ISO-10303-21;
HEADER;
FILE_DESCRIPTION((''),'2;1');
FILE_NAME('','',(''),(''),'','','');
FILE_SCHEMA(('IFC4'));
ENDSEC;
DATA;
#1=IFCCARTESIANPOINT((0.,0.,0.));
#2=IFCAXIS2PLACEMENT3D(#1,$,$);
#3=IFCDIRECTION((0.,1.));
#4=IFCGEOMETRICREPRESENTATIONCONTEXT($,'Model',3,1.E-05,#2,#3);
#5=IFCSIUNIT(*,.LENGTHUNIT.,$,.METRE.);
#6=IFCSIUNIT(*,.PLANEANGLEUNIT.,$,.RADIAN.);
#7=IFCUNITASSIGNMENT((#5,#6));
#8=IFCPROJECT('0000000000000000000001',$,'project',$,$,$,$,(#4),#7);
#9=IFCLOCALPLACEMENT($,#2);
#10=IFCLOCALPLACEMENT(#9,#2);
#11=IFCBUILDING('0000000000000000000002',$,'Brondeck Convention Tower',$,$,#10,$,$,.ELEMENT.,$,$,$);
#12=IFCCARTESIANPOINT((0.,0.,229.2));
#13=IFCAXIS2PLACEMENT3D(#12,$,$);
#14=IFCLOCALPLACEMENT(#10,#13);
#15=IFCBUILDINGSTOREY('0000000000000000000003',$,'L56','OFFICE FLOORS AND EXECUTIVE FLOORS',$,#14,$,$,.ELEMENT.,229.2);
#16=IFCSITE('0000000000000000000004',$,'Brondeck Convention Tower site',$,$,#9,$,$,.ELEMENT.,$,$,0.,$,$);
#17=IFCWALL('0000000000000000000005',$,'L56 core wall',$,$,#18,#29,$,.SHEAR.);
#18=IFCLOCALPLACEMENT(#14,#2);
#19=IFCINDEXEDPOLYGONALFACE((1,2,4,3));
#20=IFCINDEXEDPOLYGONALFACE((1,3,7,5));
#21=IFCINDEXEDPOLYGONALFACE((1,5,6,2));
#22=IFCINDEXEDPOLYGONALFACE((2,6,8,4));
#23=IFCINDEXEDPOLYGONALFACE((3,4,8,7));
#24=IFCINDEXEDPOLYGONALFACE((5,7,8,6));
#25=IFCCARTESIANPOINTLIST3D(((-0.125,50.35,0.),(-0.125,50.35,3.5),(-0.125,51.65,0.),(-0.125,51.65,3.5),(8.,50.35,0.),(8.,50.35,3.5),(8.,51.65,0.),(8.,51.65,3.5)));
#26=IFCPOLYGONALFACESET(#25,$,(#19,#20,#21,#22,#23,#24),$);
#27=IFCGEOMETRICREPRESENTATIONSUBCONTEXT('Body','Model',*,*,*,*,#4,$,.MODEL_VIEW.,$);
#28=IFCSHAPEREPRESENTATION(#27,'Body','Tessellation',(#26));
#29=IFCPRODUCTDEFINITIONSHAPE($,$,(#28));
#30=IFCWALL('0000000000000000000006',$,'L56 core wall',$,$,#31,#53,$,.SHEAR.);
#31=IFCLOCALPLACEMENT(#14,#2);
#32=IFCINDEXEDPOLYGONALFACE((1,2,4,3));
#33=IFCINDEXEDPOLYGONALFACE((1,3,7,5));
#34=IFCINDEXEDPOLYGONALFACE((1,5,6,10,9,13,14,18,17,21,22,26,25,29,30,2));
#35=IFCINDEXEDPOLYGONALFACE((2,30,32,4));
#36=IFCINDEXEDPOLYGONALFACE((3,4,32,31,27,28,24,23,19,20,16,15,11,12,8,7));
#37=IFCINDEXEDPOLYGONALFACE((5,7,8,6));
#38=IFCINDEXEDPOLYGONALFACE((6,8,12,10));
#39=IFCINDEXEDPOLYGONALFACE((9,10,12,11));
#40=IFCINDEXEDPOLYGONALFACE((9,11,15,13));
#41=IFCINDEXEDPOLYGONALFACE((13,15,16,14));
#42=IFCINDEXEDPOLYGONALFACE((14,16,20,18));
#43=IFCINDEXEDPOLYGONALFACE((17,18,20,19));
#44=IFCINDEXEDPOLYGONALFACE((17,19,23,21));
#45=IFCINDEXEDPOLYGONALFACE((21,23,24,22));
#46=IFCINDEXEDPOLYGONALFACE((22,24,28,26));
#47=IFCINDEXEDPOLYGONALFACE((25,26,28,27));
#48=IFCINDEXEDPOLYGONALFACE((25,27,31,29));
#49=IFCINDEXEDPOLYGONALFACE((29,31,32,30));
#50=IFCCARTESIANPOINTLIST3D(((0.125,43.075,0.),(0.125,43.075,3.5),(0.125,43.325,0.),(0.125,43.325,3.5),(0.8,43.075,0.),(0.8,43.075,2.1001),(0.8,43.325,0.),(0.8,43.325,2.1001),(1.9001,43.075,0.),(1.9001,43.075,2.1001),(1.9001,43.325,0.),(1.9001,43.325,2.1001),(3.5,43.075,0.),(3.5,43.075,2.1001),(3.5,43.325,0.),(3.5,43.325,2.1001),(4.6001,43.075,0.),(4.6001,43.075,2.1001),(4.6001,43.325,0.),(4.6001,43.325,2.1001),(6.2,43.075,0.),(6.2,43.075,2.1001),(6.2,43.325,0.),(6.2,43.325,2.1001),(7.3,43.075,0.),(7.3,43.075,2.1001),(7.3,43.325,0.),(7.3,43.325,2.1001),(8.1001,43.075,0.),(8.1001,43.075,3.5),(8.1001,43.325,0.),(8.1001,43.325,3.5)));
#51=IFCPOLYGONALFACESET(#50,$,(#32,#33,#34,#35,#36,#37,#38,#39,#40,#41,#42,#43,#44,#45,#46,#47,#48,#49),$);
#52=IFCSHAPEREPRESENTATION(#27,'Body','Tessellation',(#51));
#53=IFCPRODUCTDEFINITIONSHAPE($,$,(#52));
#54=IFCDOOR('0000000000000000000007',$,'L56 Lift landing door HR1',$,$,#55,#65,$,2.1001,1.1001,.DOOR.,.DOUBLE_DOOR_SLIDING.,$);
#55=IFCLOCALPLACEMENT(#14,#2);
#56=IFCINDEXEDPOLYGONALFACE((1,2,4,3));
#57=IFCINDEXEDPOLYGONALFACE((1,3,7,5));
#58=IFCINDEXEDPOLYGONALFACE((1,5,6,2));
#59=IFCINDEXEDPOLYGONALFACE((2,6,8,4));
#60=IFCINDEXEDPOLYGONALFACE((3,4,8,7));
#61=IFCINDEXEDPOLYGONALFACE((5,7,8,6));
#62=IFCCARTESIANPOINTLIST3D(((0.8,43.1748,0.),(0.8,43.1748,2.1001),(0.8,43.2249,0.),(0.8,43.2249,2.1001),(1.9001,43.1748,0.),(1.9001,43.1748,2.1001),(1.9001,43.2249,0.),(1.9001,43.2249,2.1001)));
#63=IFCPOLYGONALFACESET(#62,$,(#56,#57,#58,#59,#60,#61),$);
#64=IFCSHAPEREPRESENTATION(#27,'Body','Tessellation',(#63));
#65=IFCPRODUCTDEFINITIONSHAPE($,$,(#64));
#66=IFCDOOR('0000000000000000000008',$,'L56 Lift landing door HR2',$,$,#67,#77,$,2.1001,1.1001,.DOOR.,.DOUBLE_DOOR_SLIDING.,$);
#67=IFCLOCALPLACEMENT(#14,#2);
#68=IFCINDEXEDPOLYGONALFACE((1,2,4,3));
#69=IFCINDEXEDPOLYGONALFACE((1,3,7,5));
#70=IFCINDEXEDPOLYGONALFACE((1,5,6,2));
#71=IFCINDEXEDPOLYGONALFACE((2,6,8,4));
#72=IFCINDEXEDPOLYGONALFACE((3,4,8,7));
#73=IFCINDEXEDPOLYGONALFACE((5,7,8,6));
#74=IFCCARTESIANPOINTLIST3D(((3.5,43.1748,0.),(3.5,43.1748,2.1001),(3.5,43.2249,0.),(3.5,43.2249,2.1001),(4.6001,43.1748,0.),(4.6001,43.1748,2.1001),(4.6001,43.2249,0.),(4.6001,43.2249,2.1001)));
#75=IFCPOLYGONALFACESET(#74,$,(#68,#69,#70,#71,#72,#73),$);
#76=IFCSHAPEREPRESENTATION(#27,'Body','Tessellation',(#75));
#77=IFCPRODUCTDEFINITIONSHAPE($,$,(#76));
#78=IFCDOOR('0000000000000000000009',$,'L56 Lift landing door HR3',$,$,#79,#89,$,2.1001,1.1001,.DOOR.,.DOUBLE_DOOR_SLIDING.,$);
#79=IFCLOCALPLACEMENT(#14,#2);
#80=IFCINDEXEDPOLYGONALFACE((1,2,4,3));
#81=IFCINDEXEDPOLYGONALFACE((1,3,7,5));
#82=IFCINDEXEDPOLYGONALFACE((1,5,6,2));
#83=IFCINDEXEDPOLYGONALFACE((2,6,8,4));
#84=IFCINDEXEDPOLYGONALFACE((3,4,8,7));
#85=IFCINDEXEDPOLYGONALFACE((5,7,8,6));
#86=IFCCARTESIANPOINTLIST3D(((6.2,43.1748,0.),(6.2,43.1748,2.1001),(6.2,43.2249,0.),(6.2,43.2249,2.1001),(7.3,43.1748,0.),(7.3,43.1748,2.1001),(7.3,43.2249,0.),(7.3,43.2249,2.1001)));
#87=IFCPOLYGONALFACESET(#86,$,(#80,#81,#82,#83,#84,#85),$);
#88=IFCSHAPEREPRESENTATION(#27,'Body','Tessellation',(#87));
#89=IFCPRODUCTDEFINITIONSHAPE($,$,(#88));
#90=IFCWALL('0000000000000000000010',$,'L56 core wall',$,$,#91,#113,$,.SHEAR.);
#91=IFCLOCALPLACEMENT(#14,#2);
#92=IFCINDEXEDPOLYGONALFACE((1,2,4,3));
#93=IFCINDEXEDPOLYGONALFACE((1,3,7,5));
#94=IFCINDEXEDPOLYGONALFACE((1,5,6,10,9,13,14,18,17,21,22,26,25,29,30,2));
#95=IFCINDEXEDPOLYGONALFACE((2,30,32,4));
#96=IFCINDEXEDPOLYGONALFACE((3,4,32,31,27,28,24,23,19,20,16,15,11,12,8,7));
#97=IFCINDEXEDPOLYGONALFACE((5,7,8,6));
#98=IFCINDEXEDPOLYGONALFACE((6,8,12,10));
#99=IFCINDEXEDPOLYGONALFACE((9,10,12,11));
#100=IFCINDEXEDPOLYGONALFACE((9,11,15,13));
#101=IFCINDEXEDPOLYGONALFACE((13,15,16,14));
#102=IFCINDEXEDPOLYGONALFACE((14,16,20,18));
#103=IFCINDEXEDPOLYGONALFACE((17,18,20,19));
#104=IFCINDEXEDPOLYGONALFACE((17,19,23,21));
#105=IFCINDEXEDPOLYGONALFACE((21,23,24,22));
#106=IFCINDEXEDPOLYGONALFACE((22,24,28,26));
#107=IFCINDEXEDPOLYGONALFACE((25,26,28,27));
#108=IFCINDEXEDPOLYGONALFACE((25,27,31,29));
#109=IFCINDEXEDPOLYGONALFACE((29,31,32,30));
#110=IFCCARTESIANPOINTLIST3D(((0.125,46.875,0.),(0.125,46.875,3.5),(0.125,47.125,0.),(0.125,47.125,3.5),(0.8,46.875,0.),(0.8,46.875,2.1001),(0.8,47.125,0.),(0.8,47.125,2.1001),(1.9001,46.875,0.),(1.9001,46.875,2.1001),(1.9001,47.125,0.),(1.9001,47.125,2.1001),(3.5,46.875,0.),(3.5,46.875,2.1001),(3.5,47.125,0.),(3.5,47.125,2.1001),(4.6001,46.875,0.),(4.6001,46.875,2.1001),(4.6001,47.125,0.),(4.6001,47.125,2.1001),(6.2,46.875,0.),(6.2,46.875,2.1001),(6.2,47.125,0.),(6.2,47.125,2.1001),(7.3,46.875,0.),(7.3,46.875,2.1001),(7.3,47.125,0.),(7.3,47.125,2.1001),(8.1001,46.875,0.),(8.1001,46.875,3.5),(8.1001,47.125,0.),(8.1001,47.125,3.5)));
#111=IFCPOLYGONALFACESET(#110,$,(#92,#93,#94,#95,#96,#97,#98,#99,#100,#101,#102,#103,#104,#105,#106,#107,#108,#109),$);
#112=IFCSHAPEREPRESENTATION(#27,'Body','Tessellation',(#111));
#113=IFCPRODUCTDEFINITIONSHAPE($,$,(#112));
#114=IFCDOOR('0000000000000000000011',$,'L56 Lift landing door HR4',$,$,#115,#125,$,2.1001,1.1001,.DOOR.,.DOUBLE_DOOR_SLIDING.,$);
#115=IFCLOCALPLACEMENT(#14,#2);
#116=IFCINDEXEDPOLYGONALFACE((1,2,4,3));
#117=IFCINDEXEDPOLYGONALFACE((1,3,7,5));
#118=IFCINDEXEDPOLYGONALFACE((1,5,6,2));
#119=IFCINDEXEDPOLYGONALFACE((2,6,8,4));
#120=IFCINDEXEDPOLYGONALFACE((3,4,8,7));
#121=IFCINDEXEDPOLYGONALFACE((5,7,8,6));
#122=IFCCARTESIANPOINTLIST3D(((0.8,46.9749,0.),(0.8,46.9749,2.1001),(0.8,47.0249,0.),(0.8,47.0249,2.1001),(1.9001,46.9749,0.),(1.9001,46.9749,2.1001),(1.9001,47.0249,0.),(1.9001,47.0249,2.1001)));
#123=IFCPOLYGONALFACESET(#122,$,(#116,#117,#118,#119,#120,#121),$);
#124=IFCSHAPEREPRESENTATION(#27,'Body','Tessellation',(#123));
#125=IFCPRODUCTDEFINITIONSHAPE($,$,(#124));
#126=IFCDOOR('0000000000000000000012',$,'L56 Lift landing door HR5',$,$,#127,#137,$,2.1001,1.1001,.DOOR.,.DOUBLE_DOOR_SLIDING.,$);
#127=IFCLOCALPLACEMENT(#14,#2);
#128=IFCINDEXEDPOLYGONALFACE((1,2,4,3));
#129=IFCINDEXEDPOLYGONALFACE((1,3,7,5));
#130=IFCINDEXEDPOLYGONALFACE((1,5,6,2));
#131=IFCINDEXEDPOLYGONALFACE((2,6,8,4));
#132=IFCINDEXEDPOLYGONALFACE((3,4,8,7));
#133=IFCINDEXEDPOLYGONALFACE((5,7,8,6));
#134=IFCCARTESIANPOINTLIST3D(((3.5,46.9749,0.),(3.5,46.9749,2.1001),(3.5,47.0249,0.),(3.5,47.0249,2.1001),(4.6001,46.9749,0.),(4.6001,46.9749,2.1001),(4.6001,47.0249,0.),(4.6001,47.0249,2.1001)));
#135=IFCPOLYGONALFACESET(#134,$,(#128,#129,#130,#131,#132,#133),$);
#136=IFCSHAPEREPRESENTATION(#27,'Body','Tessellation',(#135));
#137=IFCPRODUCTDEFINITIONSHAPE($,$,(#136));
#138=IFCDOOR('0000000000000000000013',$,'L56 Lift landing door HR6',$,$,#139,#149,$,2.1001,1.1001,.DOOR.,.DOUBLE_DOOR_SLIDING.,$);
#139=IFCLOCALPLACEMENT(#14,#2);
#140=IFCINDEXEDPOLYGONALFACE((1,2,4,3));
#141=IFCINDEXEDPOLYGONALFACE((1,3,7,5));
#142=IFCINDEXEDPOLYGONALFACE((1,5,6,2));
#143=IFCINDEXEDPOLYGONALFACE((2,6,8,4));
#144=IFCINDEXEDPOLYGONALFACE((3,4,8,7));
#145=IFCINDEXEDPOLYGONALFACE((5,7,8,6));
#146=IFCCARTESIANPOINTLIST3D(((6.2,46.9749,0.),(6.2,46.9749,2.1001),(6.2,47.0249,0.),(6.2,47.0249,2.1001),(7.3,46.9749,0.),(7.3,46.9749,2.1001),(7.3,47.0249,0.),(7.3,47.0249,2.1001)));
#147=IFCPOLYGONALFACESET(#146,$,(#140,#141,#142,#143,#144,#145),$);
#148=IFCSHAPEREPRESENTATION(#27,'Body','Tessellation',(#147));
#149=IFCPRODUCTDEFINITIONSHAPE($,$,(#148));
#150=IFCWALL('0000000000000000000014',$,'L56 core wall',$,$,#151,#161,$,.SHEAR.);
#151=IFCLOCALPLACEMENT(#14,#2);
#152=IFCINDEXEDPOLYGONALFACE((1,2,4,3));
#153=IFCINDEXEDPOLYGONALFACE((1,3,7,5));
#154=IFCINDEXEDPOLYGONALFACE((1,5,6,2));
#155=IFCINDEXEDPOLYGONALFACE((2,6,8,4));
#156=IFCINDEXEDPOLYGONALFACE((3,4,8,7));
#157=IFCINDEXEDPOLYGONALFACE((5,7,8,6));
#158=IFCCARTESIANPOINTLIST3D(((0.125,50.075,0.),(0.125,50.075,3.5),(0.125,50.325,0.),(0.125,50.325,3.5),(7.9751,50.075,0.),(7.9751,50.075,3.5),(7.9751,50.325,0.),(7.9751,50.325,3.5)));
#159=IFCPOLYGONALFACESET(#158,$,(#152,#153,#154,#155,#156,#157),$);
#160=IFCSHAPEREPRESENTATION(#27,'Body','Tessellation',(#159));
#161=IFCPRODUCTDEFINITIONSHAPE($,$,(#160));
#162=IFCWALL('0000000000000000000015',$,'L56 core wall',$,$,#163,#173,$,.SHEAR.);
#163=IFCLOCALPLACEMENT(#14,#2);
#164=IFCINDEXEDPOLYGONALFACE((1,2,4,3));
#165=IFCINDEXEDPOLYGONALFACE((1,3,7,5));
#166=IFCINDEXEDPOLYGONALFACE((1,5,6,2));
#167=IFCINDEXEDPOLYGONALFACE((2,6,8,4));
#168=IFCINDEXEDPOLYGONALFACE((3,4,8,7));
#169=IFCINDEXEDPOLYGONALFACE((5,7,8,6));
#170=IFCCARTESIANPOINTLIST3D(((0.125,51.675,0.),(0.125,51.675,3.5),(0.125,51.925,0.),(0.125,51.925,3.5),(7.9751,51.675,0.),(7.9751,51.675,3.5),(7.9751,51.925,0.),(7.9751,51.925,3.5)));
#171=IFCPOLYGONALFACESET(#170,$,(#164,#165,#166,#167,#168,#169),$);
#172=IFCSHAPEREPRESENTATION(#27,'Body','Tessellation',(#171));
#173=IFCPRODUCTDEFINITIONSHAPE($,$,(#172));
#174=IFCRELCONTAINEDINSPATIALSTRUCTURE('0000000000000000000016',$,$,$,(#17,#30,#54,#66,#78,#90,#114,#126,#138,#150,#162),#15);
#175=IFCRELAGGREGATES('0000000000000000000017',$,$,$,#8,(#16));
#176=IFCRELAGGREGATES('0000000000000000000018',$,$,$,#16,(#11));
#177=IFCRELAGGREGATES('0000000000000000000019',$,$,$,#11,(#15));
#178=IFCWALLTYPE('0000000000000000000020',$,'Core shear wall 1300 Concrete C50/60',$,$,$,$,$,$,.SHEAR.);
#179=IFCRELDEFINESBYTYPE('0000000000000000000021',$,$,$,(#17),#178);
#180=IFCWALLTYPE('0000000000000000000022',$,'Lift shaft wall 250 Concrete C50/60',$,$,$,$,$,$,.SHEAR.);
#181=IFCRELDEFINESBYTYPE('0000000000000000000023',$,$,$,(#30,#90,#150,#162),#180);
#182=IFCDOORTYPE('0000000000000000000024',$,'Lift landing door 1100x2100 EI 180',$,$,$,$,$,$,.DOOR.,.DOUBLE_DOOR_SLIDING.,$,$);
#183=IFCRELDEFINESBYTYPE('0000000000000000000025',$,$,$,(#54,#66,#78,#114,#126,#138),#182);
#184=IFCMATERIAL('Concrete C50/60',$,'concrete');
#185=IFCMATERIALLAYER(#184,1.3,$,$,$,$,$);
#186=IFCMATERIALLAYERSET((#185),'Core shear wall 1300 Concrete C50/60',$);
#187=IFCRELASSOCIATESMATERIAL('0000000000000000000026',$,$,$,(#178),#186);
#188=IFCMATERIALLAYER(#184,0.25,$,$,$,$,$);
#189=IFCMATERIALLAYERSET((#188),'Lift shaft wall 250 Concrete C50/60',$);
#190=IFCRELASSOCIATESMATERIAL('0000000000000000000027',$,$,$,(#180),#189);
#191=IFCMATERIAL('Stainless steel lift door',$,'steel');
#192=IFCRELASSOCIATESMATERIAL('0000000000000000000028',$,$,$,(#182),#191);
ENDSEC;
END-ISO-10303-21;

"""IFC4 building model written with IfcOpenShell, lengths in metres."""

from ifc_helpers import new_model, si_unit, direction, frame, frame_2d, origin, place, context, subcontext, project, spatial, rectangle, extrude, material, layer, layer_set, type_object, element, fill, save


model = new_model("IFC4")

# Units and contexts
model_context = context("Model", 3, precision=1e-05, world=origin(), true_north=direction((0.0, 1.0)))
body_context = subcontext(model_context, "Body", "Model", "MODEL_VIEW")
ifc_project = project(units=[si_unit("LENGTHUNIT", "METRE"), si_unit("PLANEANGLEUNIT", "RADIAN")], contexts=[model_context])

# Site, building, storey
site_placement = place(None, origin())
site = spatial("IfcSite", under=ifc_project, at=site_placement, Name="Brondeck Convention Tower site", CompositionType="ELEMENT", RefElevation=0.0)
building_placement = place(site_placement, origin())
building = spatial("IfcBuilding", under=site, at=building_placement, Name="Brondeck Convention Tower", CompositionType="ELEMENT")
storey_placement = place(building_placement, frame((0.0, 0.0, 229.2)))
storey = spatial("IfcBuildingStorey", under=building, at=storey_placement, Name="L56", Description="OFFICE FLOORS AND EXECUTIVE FLOORS", CompositionType="ELEMENT", Elevation=229.2)

# Shared definitions
ifc_material_1 = material(Name="Concrete C50/60", Category="concrete")

# Wall
ifc_layer_1 = layer(ifc_material_1, 1.3)
ifc_layer_set_1 = layer_set([ifc_layer_1], Name="Core shear wall 1300 Concrete C50/60")
wall_type_1 = type_object("IfcWallType", Name="Core shear wall 1300 Concrete C50/60", PredefinedType="SHEAR", material=ifc_layer_set_1)
wall_1_placement = place(storey_placement, frame((-0.125, 51.0, 0.0), z_axis=(0.0, 0.0, 1.0), x_axis=(1.0, 0.0, 0.0)))
element("IfcWall", 1, at=wall_1_placement, inside=storey, type_object=wall_type_1, Name="L56 core wall", PredefinedType="SHEAR", context=body_context, shape_type="SweptSolid", body=[
    extrude(rectangle(XDim=8.125, YDim=1.3, at=frame_2d((4.0625, 0.0))), origin(), (0.0, 0.0, 1.0), 3.5),
])

# Walls, openings, doors
ifc_layer_2 = layer(ifc_material_1, 0.25)
ifc_layer_set_2 = layer_set([ifc_layer_2], Name="Lift shaft wall 250 Concrete C50/60")
wall_type_2 = type_object("IfcWallType", Name="Lift shaft wall 250 Concrete C50/60", PredefinedType="SHEAR", material=ifc_layer_set_2)
wall_2_placement = place(storey_placement, frame((0.125, 43.2, 0.0), z_axis=(0.0, 0.0, 1.0), x_axis=(1.0, 0.0, 0.0)))
wall_2 = element("IfcWall", 2, at=wall_2_placement, inside=storey, type_object=wall_type_2, Name="L56 core wall", PredefinedType="SHEAR", context=body_context, shape_type="SweptSolid", body=[
    extrude(rectangle(XDim=7.9751, YDim=0.25, at=frame_2d((3.9875, 0.0))), origin(), (0.0, 0.0, 1.0), 3.5),
])
opening_1_placement = place(wall_2_placement, frame((0.675, 0.0, 0.0)))
opening_1 = element("IfcOpeningElement", 3, at=opening_1_placement, cuts=wall_2, PredefinedType="OPENING", context=body_context, shape_type="SweptSolid", body=[
    extrude(rectangle(XDim=1.1001, YDim=2.1001, at=frame_2d((0.55, 1.05))), frame((0.0, 0.135, 0.0), z_axis=(0.0, -1.0, 0.0), x_axis=(1.0, 0.0, 0.0)), (0.0, 0.0, 1.0), 0.27),
])
opening_2_placement = place(wall_2_placement, frame((3.375, 0.0, 0.0)))
opening_2 = element("IfcOpeningElement", 4, at=opening_2_placement, cuts=wall_2, PredefinedType="OPENING", context=body_context, shape_type="SweptSolid", body=[
    extrude(rectangle(XDim=1.1001, YDim=2.1001, at=frame_2d((0.55, 1.05))), frame((0.0, 0.135, 0.0), z_axis=(0.0, -1.0, 0.0), x_axis=(1.0, 0.0, 0.0)), (0.0, 0.0, 1.0), 0.27),
])
opening_3_placement = place(wall_2_placement, frame((6.075, 0.0, 0.0)))
opening_3 = element("IfcOpeningElement", 5, at=opening_3_placement, cuts=wall_2, PredefinedType="OPENING", context=body_context, shape_type="SweptSolid", body=[
    extrude(rectangle(XDim=1.1001, YDim=2.1001, at=frame_2d((0.55, 1.05))), frame((0.0, 0.135, 0.0), z_axis=(0.0, -1.0, 0.0), x_axis=(1.0, 0.0, 0.0)), (0.0, 0.0, 1.0), 0.27),
])
ifc_material_2 = material(Name="Stainless steel lift door", Category="steel")
door_type_1 = type_object("IfcDoorType", Name="Lift landing door 1100x2100 EI 180", OperationType="DOUBLE_DOOR_SLIDING", PredefinedType="DOOR", material=ifc_material_2)
door_1_placement = place(opening_1_placement, origin())
door_1 = element("IfcDoor", 6, at=door_1_placement, inside=storey, type_object=door_type_1, Name="L56 Lift landing door HR1", OperationType="DOUBLE_DOOR_SLIDING", OverallHeight=2.1001, OverallWidth=1.1001, PredefinedType="DOOR", context=body_context, shape_type="SweptSolid", body=[
    extrude(rectangle(XDim=1.1001, YDim=2.1001, at=frame_2d((0.55, 1.05))), frame((0.0, 0.0249, 0.0), z_axis=(0.0, -1.0, 0.0), x_axis=(1.0, 0.0, 0.0)), (0.0, 0.0, 1.0), 0.05),
])
fill(opening_1, door_1)
door_2_placement = place(opening_2_placement, origin())
door_2 = element("IfcDoor", 7, at=door_2_placement, inside=storey, type_object=door_type_1, Name="L56 Lift landing door HR2", OperationType="DOUBLE_DOOR_SLIDING", OverallHeight=2.1001, OverallWidth=1.1001, PredefinedType="DOOR", context=body_context, shape_type="SweptSolid", body=[
    extrude(rectangle(XDim=1.1001, YDim=2.1001, at=frame_2d((0.55, 1.05))), frame((0.0, 0.0249, 0.0), z_axis=(0.0, -1.0, 0.0), x_axis=(1.0, 0.0, 0.0)), (0.0, 0.0, 1.0), 0.05),
])
fill(opening_2, door_2)
door_3_placement = place(opening_3_placement, origin())
door_3 = element("IfcDoor", 8, at=door_3_placement, inside=storey, type_object=door_type_1, Name="L56 Lift landing door HR3", OperationType="DOUBLE_DOOR_SLIDING", OverallHeight=2.1001, OverallWidth=1.1001, PredefinedType="DOOR", context=body_context, shape_type="SweptSolid", body=[
    extrude(rectangle(XDim=1.1001, YDim=2.1001, at=frame_2d((0.55, 1.05))), frame((0.0, 0.0249, 0.0), z_axis=(0.0, -1.0, 0.0), x_axis=(1.0, 0.0, 0.0)), (0.0, 0.0, 1.0), 0.05),
])
fill(opening_3, door_3)
wall_3_placement = place(storey_placement, frame((0.125, 47.0, 0.0), z_axis=(0.0, 0.0, 1.0), x_axis=(1.0, 0.0, 0.0)))
wall_3 = element("IfcWall", 9, at=wall_3_placement, inside=storey, type_object=wall_type_2, Name="L56 core wall", PredefinedType="SHEAR", context=body_context, shape_type="SweptSolid", body=[
    extrude(rectangle(XDim=7.9751, YDim=0.25, at=frame_2d((3.9875, 0.0))), origin(), (0.0, 0.0, 1.0), 3.5),
])
opening_4_placement = place(wall_3_placement, frame((0.675, 0.0, 0.0)))
opening_4 = element("IfcOpeningElement", 10, at=opening_4_placement, cuts=wall_3, PredefinedType="OPENING", context=body_context, shape_type="SweptSolid", body=[
    extrude(rectangle(XDim=1.1001, YDim=2.1001, at=frame_2d((0.55, 1.05))), frame((0.0, 0.135, 0.0), z_axis=(0.0, -1.0, 0.0), x_axis=(1.0, 0.0, 0.0)), (0.0, 0.0, 1.0), 0.27),
])
opening_5_placement = place(wall_3_placement, frame((3.375, 0.0, 0.0)))
opening_5 = element("IfcOpeningElement", 11, at=opening_5_placement, cuts=wall_3, PredefinedType="OPENING", context=body_context, shape_type="SweptSolid", body=[
    extrude(rectangle(XDim=1.1001, YDim=2.1001, at=frame_2d((0.55, 1.05))), frame((0.0, 0.135, 0.0), z_axis=(0.0, -1.0, 0.0), x_axis=(1.0, 0.0, 0.0)), (0.0, 0.0, 1.0), 0.27),
])
opening_6_placement = place(wall_3_placement, frame((6.075, 0.0, 0.0)))
opening_6 = element("IfcOpeningElement", 12, at=opening_6_placement, cuts=wall_3, PredefinedType="OPENING", context=body_context, shape_type="SweptSolid", body=[
    extrude(rectangle(XDim=1.1001, YDim=2.1001, at=frame_2d((0.55, 1.05))), frame((0.0, 0.135, 0.0), z_axis=(0.0, -1.0, 0.0), x_axis=(1.0, 0.0, 0.0)), (0.0, 0.0, 1.0), 0.27),
])
door_4_placement = place(opening_4_placement, origin())
door_4 = element("IfcDoor", 13, at=door_4_placement, inside=storey, type_object=door_type_1, Name="L56 Lift landing door HR4", OperationType="DOUBLE_DOOR_SLIDING", OverallHeight=2.1001, OverallWidth=1.1001, PredefinedType="DOOR", context=body_context, shape_type="SweptSolid", body=[
    extrude(rectangle(XDim=1.1001, YDim=2.1001, at=frame_2d((0.55, 1.05))), frame((0.0, 0.0249, 0.0), z_axis=(0.0, -1.0, 0.0), x_axis=(1.0, 0.0, 0.0)), (0.0, 0.0, 1.0), 0.05),
])
fill(opening_4, door_4)
door_5_placement = place(opening_5_placement, origin())
door_5 = element("IfcDoor", 14, at=door_5_placement, inside=storey, type_object=door_type_1, Name="L56 Lift landing door HR5", OperationType="DOUBLE_DOOR_SLIDING", OverallHeight=2.1001, OverallWidth=1.1001, PredefinedType="DOOR", context=body_context, shape_type="SweptSolid", body=[
    extrude(rectangle(XDim=1.1001, YDim=2.1001, at=frame_2d((0.55, 1.05))), frame((0.0, 0.0249, 0.0), z_axis=(0.0, -1.0, 0.0), x_axis=(1.0, 0.0, 0.0)), (0.0, 0.0, 1.0), 0.05),
])
fill(opening_5, door_5)
door_6_placement = place(opening_6_placement, origin())
door_6 = element("IfcDoor", 15, at=door_6_placement, inside=storey, type_object=door_type_1, Name="L56 Lift landing door HR6", OperationType="DOUBLE_DOOR_SLIDING", OverallHeight=2.1001, OverallWidth=1.1001, PredefinedType="DOOR", context=body_context, shape_type="SweptSolid", body=[
    extrude(rectangle(XDim=1.1001, YDim=2.1001, at=frame_2d((0.55, 1.05))), frame((0.0, 0.0249, 0.0), z_axis=(0.0, -1.0, 0.0), x_axis=(1.0, 0.0, 0.0)), (0.0, 0.0, 1.0), 0.05),
])
fill(opening_6, door_6)

# Walls
for number, where, z_axis, x_axis, name in (
    (16, (0.125, 50.2, 0.0), (0.0, 0.0, 1.0), (1.0, 0.0, 0.0), "L56 core wall"),
    (17, (0.125, 51.8, 0.0), (0.0, 0.0, 1.0), (1.0, 0.0, 0.0), "L56 core wall"),
):
    element("IfcWall", number, at=place(storey_placement, frame(where, z_axis=z_axis, x_axis=x_axis)), inside=storey, type_object=wall_type_2, Name=name, PredefinedType="SHEAR", context=body_context, shape_type="SweptSolid", body=[
        extrude(rectangle(XDim=7.8501, YDim=0.25, at=frame_2d((3.925, 0.0))), origin(), (0.0, 0.0, 1.0), 3.5),
    ])

save(model, "model.ifc")
